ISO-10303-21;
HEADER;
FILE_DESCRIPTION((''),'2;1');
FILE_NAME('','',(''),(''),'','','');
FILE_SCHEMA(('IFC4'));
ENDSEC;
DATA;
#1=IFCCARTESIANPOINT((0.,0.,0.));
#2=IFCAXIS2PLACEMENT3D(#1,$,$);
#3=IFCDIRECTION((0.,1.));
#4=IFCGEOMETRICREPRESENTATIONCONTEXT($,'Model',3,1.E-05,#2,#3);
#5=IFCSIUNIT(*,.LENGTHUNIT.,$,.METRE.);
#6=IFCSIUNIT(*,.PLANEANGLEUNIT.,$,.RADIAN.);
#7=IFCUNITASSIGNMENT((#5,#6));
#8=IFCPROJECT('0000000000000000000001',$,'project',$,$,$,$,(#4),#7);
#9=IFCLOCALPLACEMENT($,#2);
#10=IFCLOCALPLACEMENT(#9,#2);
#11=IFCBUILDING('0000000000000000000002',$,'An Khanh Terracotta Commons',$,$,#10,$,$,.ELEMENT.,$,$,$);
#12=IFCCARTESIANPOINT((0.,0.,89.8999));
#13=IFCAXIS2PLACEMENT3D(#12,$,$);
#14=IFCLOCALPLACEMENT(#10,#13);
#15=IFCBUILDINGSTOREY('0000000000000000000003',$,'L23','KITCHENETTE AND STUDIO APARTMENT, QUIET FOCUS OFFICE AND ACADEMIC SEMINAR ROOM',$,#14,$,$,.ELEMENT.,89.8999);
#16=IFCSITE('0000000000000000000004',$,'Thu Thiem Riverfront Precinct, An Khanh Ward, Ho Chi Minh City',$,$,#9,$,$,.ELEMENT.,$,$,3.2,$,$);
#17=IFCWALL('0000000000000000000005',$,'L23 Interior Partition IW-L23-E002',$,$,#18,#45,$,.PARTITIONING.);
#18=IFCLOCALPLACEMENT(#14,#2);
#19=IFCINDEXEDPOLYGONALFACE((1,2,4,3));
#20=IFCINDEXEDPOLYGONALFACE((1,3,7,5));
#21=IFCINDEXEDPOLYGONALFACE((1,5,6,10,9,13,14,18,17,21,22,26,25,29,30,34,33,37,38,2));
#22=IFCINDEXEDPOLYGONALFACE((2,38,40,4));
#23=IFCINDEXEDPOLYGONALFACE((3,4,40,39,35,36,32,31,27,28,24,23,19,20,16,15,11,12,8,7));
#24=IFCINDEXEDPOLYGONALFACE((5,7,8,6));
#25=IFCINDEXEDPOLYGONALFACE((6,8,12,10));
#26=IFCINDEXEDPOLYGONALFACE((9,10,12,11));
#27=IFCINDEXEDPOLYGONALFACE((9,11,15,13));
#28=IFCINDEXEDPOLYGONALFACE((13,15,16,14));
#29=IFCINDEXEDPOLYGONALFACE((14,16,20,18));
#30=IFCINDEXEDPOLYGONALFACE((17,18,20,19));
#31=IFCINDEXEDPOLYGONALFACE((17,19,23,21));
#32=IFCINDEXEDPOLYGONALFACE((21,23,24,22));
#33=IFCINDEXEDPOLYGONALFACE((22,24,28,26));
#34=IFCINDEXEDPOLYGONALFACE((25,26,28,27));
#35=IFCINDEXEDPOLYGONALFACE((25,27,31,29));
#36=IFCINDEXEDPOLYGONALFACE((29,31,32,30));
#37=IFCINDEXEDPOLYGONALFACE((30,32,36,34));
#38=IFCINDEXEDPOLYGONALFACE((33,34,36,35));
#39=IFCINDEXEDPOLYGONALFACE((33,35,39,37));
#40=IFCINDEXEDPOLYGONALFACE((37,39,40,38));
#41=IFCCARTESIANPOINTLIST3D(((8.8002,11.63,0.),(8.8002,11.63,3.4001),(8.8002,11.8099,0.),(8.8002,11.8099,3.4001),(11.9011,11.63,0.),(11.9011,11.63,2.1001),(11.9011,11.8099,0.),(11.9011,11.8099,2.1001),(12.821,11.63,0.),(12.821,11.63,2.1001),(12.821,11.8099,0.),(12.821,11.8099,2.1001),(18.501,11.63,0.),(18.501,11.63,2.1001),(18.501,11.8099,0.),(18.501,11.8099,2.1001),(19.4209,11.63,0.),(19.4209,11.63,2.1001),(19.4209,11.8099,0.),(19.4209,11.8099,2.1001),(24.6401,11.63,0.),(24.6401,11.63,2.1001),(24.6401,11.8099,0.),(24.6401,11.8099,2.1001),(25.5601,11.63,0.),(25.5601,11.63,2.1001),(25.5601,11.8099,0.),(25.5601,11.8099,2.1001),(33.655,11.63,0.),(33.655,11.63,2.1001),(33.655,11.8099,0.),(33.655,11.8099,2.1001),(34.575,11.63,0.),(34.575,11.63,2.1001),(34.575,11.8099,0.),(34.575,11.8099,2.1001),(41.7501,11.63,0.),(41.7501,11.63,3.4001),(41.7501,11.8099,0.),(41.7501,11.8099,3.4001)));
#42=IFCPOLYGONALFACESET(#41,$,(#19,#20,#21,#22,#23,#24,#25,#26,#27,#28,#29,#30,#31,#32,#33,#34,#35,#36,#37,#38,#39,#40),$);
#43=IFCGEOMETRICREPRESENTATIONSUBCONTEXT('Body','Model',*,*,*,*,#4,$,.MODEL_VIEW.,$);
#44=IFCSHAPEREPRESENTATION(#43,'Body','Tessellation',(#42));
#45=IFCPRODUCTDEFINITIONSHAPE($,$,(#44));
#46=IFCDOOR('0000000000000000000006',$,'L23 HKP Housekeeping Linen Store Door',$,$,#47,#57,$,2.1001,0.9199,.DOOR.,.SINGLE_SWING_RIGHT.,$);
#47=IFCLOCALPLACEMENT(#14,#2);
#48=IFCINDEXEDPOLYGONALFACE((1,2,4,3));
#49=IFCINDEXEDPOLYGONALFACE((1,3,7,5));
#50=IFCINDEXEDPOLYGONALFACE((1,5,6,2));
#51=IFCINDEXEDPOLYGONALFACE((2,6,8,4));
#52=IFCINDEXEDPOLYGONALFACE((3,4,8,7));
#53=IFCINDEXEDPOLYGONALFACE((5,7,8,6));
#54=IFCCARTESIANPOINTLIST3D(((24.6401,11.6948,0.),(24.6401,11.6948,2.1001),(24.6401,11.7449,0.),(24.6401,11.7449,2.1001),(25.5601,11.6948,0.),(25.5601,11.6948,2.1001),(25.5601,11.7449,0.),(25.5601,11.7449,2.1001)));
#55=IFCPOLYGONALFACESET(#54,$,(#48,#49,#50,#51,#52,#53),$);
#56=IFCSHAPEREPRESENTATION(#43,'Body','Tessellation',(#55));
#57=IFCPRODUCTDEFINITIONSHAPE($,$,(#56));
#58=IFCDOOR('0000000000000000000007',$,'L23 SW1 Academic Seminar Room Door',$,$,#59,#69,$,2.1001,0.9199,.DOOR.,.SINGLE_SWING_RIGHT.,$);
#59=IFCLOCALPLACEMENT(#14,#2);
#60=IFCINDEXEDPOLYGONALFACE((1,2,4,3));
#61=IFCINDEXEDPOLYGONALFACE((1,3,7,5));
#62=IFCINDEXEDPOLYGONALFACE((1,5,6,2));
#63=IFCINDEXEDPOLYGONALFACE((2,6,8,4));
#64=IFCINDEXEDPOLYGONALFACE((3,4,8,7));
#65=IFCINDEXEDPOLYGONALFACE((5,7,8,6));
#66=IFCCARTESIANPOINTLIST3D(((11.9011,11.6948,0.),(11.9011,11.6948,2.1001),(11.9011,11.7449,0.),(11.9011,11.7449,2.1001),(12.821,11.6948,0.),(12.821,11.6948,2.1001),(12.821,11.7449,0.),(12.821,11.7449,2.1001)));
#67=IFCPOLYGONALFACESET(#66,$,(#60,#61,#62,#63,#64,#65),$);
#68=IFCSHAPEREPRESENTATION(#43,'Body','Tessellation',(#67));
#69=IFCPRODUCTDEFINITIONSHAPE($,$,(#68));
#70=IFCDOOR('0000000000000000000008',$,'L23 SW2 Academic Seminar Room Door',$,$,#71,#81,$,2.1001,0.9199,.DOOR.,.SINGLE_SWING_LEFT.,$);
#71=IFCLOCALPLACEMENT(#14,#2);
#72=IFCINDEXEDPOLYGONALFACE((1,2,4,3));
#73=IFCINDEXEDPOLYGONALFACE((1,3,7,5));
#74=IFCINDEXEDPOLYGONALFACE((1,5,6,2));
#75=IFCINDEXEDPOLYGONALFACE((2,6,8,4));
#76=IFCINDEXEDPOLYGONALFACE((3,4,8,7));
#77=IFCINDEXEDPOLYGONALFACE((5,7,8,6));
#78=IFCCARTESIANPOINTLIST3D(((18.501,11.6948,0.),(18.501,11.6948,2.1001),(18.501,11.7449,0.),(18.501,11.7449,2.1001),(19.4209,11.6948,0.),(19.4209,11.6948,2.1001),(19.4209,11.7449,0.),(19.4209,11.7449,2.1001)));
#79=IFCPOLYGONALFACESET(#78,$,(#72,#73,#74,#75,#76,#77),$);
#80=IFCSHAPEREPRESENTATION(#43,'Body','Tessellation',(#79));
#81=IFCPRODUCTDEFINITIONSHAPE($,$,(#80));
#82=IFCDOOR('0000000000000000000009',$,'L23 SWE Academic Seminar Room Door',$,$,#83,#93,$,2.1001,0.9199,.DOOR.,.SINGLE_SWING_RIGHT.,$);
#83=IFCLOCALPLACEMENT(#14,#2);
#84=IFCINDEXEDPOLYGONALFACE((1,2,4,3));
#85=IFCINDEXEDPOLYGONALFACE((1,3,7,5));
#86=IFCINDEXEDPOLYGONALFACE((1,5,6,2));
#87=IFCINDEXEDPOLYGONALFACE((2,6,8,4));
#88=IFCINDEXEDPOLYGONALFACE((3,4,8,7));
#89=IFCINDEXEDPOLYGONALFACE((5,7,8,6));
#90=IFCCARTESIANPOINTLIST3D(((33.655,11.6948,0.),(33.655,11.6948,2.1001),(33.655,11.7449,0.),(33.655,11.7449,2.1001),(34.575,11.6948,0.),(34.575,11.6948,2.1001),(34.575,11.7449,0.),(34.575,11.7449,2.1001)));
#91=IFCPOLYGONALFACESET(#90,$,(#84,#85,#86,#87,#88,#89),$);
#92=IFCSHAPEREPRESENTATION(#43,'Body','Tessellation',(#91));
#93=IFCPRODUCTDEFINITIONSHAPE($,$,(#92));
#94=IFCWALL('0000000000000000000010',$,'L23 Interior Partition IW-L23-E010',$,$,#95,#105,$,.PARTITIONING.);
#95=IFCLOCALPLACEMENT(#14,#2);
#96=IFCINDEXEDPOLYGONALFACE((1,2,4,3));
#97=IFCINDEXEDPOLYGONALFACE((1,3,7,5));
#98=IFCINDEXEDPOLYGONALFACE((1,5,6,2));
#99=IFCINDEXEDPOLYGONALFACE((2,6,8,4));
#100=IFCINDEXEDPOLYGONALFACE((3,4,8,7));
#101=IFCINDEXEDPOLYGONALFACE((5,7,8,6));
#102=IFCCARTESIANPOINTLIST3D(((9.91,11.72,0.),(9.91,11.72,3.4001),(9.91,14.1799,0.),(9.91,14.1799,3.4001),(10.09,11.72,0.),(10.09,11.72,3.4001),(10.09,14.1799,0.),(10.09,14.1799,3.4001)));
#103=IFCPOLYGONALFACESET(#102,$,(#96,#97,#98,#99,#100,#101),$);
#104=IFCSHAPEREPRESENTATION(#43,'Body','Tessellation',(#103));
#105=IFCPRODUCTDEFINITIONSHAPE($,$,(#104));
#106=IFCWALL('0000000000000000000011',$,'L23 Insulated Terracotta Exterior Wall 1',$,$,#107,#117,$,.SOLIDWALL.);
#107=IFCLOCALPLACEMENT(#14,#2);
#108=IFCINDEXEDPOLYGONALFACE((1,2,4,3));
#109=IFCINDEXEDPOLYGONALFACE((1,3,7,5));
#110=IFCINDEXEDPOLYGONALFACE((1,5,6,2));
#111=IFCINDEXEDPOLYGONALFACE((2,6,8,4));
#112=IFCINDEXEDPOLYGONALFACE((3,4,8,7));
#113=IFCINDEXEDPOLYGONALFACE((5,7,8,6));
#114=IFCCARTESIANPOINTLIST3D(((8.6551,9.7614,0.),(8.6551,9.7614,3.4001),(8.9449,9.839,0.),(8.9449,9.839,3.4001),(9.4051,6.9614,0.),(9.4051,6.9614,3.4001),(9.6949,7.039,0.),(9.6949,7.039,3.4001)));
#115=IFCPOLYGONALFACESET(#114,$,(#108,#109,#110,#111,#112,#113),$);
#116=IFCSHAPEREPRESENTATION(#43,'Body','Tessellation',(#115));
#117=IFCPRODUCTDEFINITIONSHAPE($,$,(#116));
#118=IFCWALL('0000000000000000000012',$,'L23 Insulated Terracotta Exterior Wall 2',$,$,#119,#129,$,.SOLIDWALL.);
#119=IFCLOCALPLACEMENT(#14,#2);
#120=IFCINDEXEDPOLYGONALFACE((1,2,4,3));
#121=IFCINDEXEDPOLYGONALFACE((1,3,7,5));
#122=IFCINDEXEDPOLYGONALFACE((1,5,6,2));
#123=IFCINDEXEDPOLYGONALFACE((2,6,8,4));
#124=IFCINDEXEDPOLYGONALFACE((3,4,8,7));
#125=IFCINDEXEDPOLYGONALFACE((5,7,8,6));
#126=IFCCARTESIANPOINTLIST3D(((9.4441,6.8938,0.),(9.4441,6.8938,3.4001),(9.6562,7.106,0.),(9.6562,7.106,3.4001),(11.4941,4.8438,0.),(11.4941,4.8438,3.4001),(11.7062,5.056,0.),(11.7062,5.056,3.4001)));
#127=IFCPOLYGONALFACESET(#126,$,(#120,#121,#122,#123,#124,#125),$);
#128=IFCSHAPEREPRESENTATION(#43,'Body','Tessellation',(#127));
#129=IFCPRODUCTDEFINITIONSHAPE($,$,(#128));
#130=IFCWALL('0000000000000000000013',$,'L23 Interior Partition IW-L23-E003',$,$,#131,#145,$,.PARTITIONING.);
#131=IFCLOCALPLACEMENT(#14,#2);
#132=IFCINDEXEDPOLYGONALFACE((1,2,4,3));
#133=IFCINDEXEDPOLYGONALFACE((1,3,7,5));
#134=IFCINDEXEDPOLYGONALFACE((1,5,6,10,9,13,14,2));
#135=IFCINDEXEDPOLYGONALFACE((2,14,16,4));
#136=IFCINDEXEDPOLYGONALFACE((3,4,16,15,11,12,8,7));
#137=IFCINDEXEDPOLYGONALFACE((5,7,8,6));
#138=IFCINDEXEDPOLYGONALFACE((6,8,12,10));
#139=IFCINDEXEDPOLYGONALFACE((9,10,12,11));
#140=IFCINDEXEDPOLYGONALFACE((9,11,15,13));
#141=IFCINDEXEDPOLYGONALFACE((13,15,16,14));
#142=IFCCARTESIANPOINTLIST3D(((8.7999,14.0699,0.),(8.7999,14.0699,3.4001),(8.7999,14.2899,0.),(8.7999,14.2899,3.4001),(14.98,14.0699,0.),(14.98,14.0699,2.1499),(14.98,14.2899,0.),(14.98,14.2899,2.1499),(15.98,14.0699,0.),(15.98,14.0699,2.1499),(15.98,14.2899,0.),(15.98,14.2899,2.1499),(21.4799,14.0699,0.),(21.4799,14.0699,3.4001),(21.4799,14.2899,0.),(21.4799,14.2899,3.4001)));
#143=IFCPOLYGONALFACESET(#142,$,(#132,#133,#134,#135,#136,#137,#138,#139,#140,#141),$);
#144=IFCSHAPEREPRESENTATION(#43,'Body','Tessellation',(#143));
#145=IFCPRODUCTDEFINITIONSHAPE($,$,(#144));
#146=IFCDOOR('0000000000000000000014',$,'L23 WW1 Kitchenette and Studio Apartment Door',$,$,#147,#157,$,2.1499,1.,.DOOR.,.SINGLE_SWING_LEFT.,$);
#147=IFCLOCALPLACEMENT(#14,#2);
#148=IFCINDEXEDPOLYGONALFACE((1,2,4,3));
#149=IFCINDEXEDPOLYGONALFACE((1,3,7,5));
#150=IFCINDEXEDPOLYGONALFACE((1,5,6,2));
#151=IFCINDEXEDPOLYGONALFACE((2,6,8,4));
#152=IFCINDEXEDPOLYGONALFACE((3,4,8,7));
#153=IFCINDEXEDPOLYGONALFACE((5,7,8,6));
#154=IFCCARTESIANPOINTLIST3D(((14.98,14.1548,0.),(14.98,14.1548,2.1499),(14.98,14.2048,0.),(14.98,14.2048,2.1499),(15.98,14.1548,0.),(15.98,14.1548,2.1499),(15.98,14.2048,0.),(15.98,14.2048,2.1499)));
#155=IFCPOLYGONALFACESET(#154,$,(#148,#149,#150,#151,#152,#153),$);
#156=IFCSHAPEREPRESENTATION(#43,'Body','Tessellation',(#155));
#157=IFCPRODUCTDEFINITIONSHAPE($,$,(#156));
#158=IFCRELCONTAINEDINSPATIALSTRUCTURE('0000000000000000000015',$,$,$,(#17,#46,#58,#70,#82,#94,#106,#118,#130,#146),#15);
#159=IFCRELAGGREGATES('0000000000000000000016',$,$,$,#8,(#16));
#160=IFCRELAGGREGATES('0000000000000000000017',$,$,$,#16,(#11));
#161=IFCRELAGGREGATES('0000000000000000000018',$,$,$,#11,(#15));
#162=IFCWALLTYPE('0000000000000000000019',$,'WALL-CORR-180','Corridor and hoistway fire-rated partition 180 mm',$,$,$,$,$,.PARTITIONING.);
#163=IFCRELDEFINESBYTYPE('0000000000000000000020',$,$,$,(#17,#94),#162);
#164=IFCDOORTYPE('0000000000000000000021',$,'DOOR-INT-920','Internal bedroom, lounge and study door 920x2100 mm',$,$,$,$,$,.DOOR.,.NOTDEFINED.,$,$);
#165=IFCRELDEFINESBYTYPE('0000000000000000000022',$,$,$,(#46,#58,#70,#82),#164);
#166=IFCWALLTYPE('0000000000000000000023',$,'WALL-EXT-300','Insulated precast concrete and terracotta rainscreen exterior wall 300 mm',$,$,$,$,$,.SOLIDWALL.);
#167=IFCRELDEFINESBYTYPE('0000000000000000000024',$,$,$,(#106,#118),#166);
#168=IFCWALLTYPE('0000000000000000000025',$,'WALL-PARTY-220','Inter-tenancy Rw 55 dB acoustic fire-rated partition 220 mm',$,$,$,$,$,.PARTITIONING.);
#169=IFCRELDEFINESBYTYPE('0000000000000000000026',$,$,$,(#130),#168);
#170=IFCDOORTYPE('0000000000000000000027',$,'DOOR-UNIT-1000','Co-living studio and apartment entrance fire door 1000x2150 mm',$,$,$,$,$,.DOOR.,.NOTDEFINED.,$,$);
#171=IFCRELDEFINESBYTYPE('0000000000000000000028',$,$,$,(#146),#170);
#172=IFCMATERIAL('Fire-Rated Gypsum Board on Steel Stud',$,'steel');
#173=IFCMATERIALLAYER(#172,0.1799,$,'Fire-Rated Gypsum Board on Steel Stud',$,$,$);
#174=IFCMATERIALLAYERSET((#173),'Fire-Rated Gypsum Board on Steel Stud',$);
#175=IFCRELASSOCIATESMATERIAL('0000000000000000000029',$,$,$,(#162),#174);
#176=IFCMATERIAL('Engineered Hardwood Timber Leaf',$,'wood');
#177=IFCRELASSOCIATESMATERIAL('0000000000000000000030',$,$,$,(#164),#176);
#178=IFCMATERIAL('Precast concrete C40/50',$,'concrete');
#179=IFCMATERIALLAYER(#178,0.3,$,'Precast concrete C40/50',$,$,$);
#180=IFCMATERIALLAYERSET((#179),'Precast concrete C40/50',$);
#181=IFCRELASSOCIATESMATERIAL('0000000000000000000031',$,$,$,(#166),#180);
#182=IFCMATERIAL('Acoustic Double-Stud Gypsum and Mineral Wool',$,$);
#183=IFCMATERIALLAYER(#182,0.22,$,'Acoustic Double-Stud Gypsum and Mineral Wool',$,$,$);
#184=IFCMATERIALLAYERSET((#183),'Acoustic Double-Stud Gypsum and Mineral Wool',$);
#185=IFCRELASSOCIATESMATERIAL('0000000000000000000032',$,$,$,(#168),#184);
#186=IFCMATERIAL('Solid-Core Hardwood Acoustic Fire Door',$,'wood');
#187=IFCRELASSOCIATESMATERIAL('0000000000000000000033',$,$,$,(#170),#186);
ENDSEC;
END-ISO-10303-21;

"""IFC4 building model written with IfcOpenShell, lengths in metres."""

from ifc_helpers import new_model, si_unit, direction, frame, frame_2d, origin, place, context, subcontext, project, spatial, rectangle, extrude, material, layer, layer_set, type_object, element, fill, save


model = new_model("IFC4")

# Units and contexts
model_context = context("Model", 3, precision=1e-05, world=origin(), true_north=direction((0.0, 1.0)))
body_context = subcontext(model_context, "Body", "Model", "MODEL_VIEW")
ifc_project = project(units=[si_unit("LENGTHUNIT", "METRE"), si_unit("PLANEANGLEUNIT", "RADIAN")], contexts=[model_context])

# Site, building, storey
site_placement = place(None, origin())
site = spatial("IfcSite", under=ifc_project, at=site_placement, Name="Thu Thiem Riverfront Precinct, An Khanh Ward, Ho Chi Minh City", CompositionType="ELEMENT", RefElevation=3.2)
building_placement = place(site_placement, origin())
building = spatial("IfcBuilding", under=site, at=building_placement, Name="An Khanh Terracotta Commons", CompositionType="ELEMENT")
storey_placement = place(building_placement, frame((0.0, 0.0, 89.8999)))
storey = spatial("IfcBuildingStorey", under=building, at=storey_placement, Name="L23", Description="KITCHENETTE AND STUDIO APARTMENT, QUIET FOCUS OFFICE AND ACADEMIC SEMINAR ROOM", CompositionType="ELEMENT", Elevation=89.8999)

# Shared definitions
ifc_material_1 = material(Name="Precast concrete C40/50", Category="concrete")

# Wall, openings, doors
ifc_material_2 = material(Name="Fire-Rated Gypsum Board on Steel Stud", Category="steel")
ifc_layer_1 = layer(ifc_material_2, 0.1799, Name="Fire-Rated Gypsum Board on Steel Stud")
ifc_layer_set_1 = layer_set([ifc_layer_1], Name="Fire-Rated Gypsum Board on Steel Stud")
wall_type_1 = type_object("IfcWallType", Name="WALL-CORR-180", Description="Corridor and hoistway fire-rated partition 180 mm", PredefinedType="PARTITIONING", material=ifc_layer_set_1)
wall_1_placement = place(storey_placement, frame((8.8, 11.72, 0.0), z_axis=(0.0, 0.0, 1.0), x_axis=(1.0, 0.0, 0.0)))
wall_1 = element("IfcWall", 1, at=wall_1_placement, inside=storey, type_object=wall_type_1, Name="L23 Interior Partition IW-L23-E002", PredefinedType="PARTITIONING", context=body_context, shape_type="SweptSolid", body=[
    extrude(rectangle(XDim=32.95, YDim=0.1799, at=frame_2d((16.4751, 0.0))), origin(), (0.0, 0.0, 1.0), 3.4001),
])
opening_1_placement = place(wall_1_placement, frame((15.8401, 0.0, 0.0)))
opening_1 = element("IfcOpeningElement", 2, at=opening_1_placement, cuts=wall_1, PredefinedType="OPENING", context=body_context, shape_type="SweptSolid", body=[
    extrude(rectangle(XDim=0.9199, YDim=2.1001, at=frame_2d((0.46, 1.05))), frame((0.0, 0.0999, 0.0), z_axis=(0.0, -1.0, 0.0), x_axis=(1.0, 0.0, 0.0)), (0.0, 0.0, 1.0), 0.2),
])
opening_2_placement = place(wall_1_placement, frame((3.1011, 0.0, 0.0)))
opening_2 = element("IfcOpeningElement", 3, at=opening_2_placement, cuts=wall_1, PredefinedType="OPENING", context=body_context, shape_type="SweptSolid", body=[
    extrude(rectangle(XDim=0.9199, YDim=2.1001, at=frame_2d((0.46, 1.05))), frame((0.0, 0.0999, 0.0), z_axis=(0.0, -1.0, 0.0), x_axis=(1.0, 0.0, 0.0)), (0.0, 0.0, 1.0), 0.2),
])
opening_3_placement = place(wall_1_placement, frame((9.7009, 0.0, 0.0)))
opening_3 = element("IfcOpeningElement", 4, at=opening_3_placement, cuts=wall_1, PredefinedType="OPENING", context=body_context, shape_type="SweptSolid", body=[
    extrude(rectangle(XDim=0.9199, YDim=2.1001, at=frame_2d((0.46, 1.05))), frame((0.0, 0.0999, 0.0), z_axis=(0.0, -1.0, 0.0), x_axis=(1.0, 0.0, 0.0)), (0.0, 0.0, 1.0), 0.2),
])
opening_4_placement = place(wall_1_placement, frame((24.855, 0.0, 0.0)))
opening_4 = element("IfcOpeningElement", 5, at=opening_4_placement, cuts=wall_1, PredefinedType="OPENING", context=body_context, shape_type="SweptSolid", body=[
    extrude(rectangle(XDim=0.9199, YDim=2.1001, at=frame_2d((0.46, 1.05))), frame((0.0, 0.0999, 0.0), z_axis=(0.0, -1.0, 0.0), x_axis=(1.0, 0.0, 0.0)), (0.0, 0.0, 1.0), 0.2),
])
ifc_material_3 = material(Name="Engineered Hardwood Timber Leaf", Category="wood")
door_type_1 = type_object("IfcDoorType", Name="DOOR-INT-920", Description="Internal bedroom, lounge and study door 920x2100 mm", OperationType="NOTDEFINED", PredefinedType="DOOR", material=ifc_material_3)
door_1_placement = place(opening_1_placement, origin())
door_1 = element("IfcDoor", 6, at=door_1_placement, inside=storey, type_object=door_type_1, Name="L23 HKP Housekeeping Linen Store Door", OperationType="SINGLE_SWING_RIGHT", OverallHeight=2.1001, OverallWidth=0.9199, PredefinedType="DOOR", context=body_context, shape_type="SweptSolid", body=[
    extrude(rectangle(XDim=0.9199, YDim=2.1001, at=frame_2d((0.46, 1.05))), frame((0.0, 0.0249, 0.0), z_axis=(0.0, -1.0, 0.0), x_axis=(1.0, 0.0, 0.0)), (0.0, 0.0, 1.0), 0.05),
])
fill(opening_1, door_1)
door_2_placement = place(opening_2_placement, origin())
door_2 = element("IfcDoor", 7, at=door_2_placement, inside=storey, type_object=door_type_1, Name="L23 SW1 Academic Seminar Room Door", OperationType="SINGLE_SWING_RIGHT", OverallHeight=2.1001, OverallWidth=0.9199, PredefinedType="DOOR", context=body_context, shape_type="SweptSolid", body=[
    extrude(rectangle(XDim=0.9199, YDim=2.1001, at=frame_2d((0.46, 1.05))), frame((0.0, 0.0249, 0.0), z_axis=(0.0, -1.0, 0.0), x_axis=(1.0, 0.0, 0.0)), (0.0, 0.0, 1.0), 0.05),
])
fill(opening_2, door_2)
door_3_placement = place(opening_3_placement, origin())
door_3 = element("IfcDoor", 8, at=door_3_placement, inside=storey, type_object=door_type_1, Name="L23 SW2 Academic Seminar Room Door", OperationType="SINGLE_SWING_LEFT", OverallHeight=2.1001, OverallWidth=0.9199, PredefinedType="DOOR", context=body_context, shape_type="SweptSolid", body=[
    extrude(rectangle(XDim=0.9199, YDim=2.1001, at=frame_2d((0.46, 1.05))), frame((0.0, 0.0249, 0.0), z_axis=(0.0, -1.0, 0.0), x_axis=(1.0, 0.0, 0.0)), (0.0, 0.0, 1.0), 0.05),
])
fill(opening_3, door_3)
door_4_placement = place(opening_4_placement, origin())
door_4 = element("IfcDoor", 9, at=door_4_placement, inside=storey, type_object=door_type_1, Name="L23 SWE Academic Seminar Room Door", OperationType="SINGLE_SWING_RIGHT", OverallHeight=2.1001, OverallWidth=0.9199, PredefinedType="DOOR", context=body_context, shape_type="SweptSolid", body=[
    extrude(rectangle(XDim=0.9199, YDim=2.1001, at=frame_2d((0.46, 1.05))), frame((0.0, 0.0249, 0.0), z_axis=(0.0, -1.0, 0.0), x_axis=(1.0, 0.0, 0.0)), (0.0, 0.0, 1.0), 0.05),
])
fill(opening_4, door_4)

# Walls
wall_2_placement = place(storey_placement, frame((10.0, 11.72, 0.0), z_axis=(0.0, 0.0, 1.0), x_axis=(0.0, 1.0, 0.0)))
element("IfcWall", 10, at=wall_2_placement, inside=storey, type_object=wall_type_1, Name="L23 Interior Partition IW-L23-E010", PredefinedType="PARTITIONING", context=body_context, shape_type="SweptSolid", body=[
    extrude(rectangle(XDim=2.46, YDim=0.1799, at=frame_2d((1.23, 0.0))), origin(), (0.0, 0.0, 1.0), 3.4001),
])
ifc_layer_2 = layer(ifc_material_1, 0.3, Name="Precast concrete C40/50")
ifc_layer_set_2 = layer_set([ifc_layer_2], Name="Precast concrete C40/50")
wall_type_2 = type_object("IfcWallType", Name="WALL-EXT-300", Description="Insulated precast concrete and terracotta rainscreen exterior wall 300 mm", PredefinedType="SOLIDWALL", material=ifc_layer_set_2)
wall_3_placement = place(storey_placement, frame((8.8, 9.8, 0.0), z_axis=(0.0, 0.0, 1.0), x_axis=(0.258732, -0.965949, 0.0)))
element("IfcWall", 11, at=wall_3_placement, inside=storey, type_object=wall_type_2, Name="L23 Insulated Terracotta Exterior Wall 1", PredefinedType="SOLIDWALL", context=body_context, shape_type="SweptSolid", body=[
    extrude(rectangle(XDim=2.8987, YDim=0.3, at=frame_2d((1.4492, 0.0))), origin(), (0.0, 0.0, 1.0), 3.4001),
])
wall_4_placement = place(storey_placement, frame((9.55, 7.0, 0.0), z_axis=(0.0, 0.0, 1.0), x_axis=(0.707107, -0.707107, 0.0)))
element("IfcWall", 12, at=wall_4_placement, inside=storey, type_object=wall_type_2, Name="L23 Insulated Terracotta Exterior Wall 2", PredefinedType="SOLIDWALL", context=body_context, shape_type="SweptSolid", body=[
    extrude(rectangle(XDim=2.8992, YDim=0.3, at=frame_2d((1.4497, 0.0))), origin(), (0.0, 0.0, 1.0), 3.4001),
])

# Wall, opening, door
ifc_material_4 = material(Name="Acoustic Double-Stud Gypsum and Mineral Wool")
ifc_layer_3 = layer(ifc_material_4, 0.22, Name="Acoustic Double-Stud Gypsum and Mineral Wool")
ifc_layer_set_3 = layer_set([ifc_layer_3], Name="Acoustic Double-Stud Gypsum and Mineral Wool")
wall_type_3 = type_object("IfcWallType", Name="WALL-PARTY-220", Description="Inter-tenancy Rw 55 dB acoustic fire-rated partition 220 mm", PredefinedType="PARTITIONING", material=ifc_layer_set_3)
wall_5_placement = place(storey_placement, frame((8.8, 14.1799, 0.0), z_axis=(0.0, 0.0, 1.0), x_axis=(1.0, 0.0, 0.0)))
wall_5 = element("IfcWall", 13, at=wall_5_placement, inside=storey, type_object=wall_type_3, Name="L23 Interior Partition IW-L23-E003", PredefinedType="PARTITIONING", context=body_context, shape_type="SweptSolid", body=[
    extrude(rectangle(XDim=12.6799, YDim=0.22, at=frame_2d((6.3398, 0.0))), origin(), (0.0, 0.0, 1.0), 3.4001),
])
opening_5_placement = place(wall_5_placement, frame((6.1799, 0.0, 0.0)))
opening_5 = element("IfcOpeningElement", 14, at=opening_5_placement, cuts=wall_5, PredefinedType="OPENING", context=body_context, shape_type="SweptSolid", body=[
    extrude(rectangle(XDim=1.0, YDim=2.1499, at=frame_2d((0.5, 1.075))), frame((0.0, 0.1199, 0.0), z_axis=(0.0, -1.0, 0.0), x_axis=(1.0, 0.0, 0.0)), (0.0, 0.0, 1.0), 0.24),
])
ifc_material_5 = material(Name="Solid-Core Hardwood Acoustic Fire Door", Category="wood")
door_type_2 = type_object("IfcDoorType", Name="DOOR-UNIT-1000", Description="Co-living studio and apartment entrance fire door 1000x2150 mm", OperationType="NOTDEFINED", PredefinedType="DOOR", material=ifc_material_5)
door_5_placement = place(opening_5_placement, origin())
door_5 = element("IfcDoor", 15, at=door_5_placement, inside=storey, type_object=door_type_2, Name="L23 WW1 Kitchenette and Studio Apartment Door", OperationType="SINGLE_SWING_LEFT", OverallHeight=2.1499, OverallWidth=1.0, PredefinedType="DOOR", context=body_context, shape_type="SweptSolid", body=[
    extrude(rectangle(XDim=1.0, YDim=2.1499, at=frame_2d((0.5, 1.075))), frame((0.0, 0.0249, 0.0), z_axis=(0.0, -1.0, 0.0), x_axis=(1.0, 0.0, 0.0)), (0.0, 0.0, 1.0), 0.05),
])
fill(opening_5, door_5)

save(model, "model.ifc")
